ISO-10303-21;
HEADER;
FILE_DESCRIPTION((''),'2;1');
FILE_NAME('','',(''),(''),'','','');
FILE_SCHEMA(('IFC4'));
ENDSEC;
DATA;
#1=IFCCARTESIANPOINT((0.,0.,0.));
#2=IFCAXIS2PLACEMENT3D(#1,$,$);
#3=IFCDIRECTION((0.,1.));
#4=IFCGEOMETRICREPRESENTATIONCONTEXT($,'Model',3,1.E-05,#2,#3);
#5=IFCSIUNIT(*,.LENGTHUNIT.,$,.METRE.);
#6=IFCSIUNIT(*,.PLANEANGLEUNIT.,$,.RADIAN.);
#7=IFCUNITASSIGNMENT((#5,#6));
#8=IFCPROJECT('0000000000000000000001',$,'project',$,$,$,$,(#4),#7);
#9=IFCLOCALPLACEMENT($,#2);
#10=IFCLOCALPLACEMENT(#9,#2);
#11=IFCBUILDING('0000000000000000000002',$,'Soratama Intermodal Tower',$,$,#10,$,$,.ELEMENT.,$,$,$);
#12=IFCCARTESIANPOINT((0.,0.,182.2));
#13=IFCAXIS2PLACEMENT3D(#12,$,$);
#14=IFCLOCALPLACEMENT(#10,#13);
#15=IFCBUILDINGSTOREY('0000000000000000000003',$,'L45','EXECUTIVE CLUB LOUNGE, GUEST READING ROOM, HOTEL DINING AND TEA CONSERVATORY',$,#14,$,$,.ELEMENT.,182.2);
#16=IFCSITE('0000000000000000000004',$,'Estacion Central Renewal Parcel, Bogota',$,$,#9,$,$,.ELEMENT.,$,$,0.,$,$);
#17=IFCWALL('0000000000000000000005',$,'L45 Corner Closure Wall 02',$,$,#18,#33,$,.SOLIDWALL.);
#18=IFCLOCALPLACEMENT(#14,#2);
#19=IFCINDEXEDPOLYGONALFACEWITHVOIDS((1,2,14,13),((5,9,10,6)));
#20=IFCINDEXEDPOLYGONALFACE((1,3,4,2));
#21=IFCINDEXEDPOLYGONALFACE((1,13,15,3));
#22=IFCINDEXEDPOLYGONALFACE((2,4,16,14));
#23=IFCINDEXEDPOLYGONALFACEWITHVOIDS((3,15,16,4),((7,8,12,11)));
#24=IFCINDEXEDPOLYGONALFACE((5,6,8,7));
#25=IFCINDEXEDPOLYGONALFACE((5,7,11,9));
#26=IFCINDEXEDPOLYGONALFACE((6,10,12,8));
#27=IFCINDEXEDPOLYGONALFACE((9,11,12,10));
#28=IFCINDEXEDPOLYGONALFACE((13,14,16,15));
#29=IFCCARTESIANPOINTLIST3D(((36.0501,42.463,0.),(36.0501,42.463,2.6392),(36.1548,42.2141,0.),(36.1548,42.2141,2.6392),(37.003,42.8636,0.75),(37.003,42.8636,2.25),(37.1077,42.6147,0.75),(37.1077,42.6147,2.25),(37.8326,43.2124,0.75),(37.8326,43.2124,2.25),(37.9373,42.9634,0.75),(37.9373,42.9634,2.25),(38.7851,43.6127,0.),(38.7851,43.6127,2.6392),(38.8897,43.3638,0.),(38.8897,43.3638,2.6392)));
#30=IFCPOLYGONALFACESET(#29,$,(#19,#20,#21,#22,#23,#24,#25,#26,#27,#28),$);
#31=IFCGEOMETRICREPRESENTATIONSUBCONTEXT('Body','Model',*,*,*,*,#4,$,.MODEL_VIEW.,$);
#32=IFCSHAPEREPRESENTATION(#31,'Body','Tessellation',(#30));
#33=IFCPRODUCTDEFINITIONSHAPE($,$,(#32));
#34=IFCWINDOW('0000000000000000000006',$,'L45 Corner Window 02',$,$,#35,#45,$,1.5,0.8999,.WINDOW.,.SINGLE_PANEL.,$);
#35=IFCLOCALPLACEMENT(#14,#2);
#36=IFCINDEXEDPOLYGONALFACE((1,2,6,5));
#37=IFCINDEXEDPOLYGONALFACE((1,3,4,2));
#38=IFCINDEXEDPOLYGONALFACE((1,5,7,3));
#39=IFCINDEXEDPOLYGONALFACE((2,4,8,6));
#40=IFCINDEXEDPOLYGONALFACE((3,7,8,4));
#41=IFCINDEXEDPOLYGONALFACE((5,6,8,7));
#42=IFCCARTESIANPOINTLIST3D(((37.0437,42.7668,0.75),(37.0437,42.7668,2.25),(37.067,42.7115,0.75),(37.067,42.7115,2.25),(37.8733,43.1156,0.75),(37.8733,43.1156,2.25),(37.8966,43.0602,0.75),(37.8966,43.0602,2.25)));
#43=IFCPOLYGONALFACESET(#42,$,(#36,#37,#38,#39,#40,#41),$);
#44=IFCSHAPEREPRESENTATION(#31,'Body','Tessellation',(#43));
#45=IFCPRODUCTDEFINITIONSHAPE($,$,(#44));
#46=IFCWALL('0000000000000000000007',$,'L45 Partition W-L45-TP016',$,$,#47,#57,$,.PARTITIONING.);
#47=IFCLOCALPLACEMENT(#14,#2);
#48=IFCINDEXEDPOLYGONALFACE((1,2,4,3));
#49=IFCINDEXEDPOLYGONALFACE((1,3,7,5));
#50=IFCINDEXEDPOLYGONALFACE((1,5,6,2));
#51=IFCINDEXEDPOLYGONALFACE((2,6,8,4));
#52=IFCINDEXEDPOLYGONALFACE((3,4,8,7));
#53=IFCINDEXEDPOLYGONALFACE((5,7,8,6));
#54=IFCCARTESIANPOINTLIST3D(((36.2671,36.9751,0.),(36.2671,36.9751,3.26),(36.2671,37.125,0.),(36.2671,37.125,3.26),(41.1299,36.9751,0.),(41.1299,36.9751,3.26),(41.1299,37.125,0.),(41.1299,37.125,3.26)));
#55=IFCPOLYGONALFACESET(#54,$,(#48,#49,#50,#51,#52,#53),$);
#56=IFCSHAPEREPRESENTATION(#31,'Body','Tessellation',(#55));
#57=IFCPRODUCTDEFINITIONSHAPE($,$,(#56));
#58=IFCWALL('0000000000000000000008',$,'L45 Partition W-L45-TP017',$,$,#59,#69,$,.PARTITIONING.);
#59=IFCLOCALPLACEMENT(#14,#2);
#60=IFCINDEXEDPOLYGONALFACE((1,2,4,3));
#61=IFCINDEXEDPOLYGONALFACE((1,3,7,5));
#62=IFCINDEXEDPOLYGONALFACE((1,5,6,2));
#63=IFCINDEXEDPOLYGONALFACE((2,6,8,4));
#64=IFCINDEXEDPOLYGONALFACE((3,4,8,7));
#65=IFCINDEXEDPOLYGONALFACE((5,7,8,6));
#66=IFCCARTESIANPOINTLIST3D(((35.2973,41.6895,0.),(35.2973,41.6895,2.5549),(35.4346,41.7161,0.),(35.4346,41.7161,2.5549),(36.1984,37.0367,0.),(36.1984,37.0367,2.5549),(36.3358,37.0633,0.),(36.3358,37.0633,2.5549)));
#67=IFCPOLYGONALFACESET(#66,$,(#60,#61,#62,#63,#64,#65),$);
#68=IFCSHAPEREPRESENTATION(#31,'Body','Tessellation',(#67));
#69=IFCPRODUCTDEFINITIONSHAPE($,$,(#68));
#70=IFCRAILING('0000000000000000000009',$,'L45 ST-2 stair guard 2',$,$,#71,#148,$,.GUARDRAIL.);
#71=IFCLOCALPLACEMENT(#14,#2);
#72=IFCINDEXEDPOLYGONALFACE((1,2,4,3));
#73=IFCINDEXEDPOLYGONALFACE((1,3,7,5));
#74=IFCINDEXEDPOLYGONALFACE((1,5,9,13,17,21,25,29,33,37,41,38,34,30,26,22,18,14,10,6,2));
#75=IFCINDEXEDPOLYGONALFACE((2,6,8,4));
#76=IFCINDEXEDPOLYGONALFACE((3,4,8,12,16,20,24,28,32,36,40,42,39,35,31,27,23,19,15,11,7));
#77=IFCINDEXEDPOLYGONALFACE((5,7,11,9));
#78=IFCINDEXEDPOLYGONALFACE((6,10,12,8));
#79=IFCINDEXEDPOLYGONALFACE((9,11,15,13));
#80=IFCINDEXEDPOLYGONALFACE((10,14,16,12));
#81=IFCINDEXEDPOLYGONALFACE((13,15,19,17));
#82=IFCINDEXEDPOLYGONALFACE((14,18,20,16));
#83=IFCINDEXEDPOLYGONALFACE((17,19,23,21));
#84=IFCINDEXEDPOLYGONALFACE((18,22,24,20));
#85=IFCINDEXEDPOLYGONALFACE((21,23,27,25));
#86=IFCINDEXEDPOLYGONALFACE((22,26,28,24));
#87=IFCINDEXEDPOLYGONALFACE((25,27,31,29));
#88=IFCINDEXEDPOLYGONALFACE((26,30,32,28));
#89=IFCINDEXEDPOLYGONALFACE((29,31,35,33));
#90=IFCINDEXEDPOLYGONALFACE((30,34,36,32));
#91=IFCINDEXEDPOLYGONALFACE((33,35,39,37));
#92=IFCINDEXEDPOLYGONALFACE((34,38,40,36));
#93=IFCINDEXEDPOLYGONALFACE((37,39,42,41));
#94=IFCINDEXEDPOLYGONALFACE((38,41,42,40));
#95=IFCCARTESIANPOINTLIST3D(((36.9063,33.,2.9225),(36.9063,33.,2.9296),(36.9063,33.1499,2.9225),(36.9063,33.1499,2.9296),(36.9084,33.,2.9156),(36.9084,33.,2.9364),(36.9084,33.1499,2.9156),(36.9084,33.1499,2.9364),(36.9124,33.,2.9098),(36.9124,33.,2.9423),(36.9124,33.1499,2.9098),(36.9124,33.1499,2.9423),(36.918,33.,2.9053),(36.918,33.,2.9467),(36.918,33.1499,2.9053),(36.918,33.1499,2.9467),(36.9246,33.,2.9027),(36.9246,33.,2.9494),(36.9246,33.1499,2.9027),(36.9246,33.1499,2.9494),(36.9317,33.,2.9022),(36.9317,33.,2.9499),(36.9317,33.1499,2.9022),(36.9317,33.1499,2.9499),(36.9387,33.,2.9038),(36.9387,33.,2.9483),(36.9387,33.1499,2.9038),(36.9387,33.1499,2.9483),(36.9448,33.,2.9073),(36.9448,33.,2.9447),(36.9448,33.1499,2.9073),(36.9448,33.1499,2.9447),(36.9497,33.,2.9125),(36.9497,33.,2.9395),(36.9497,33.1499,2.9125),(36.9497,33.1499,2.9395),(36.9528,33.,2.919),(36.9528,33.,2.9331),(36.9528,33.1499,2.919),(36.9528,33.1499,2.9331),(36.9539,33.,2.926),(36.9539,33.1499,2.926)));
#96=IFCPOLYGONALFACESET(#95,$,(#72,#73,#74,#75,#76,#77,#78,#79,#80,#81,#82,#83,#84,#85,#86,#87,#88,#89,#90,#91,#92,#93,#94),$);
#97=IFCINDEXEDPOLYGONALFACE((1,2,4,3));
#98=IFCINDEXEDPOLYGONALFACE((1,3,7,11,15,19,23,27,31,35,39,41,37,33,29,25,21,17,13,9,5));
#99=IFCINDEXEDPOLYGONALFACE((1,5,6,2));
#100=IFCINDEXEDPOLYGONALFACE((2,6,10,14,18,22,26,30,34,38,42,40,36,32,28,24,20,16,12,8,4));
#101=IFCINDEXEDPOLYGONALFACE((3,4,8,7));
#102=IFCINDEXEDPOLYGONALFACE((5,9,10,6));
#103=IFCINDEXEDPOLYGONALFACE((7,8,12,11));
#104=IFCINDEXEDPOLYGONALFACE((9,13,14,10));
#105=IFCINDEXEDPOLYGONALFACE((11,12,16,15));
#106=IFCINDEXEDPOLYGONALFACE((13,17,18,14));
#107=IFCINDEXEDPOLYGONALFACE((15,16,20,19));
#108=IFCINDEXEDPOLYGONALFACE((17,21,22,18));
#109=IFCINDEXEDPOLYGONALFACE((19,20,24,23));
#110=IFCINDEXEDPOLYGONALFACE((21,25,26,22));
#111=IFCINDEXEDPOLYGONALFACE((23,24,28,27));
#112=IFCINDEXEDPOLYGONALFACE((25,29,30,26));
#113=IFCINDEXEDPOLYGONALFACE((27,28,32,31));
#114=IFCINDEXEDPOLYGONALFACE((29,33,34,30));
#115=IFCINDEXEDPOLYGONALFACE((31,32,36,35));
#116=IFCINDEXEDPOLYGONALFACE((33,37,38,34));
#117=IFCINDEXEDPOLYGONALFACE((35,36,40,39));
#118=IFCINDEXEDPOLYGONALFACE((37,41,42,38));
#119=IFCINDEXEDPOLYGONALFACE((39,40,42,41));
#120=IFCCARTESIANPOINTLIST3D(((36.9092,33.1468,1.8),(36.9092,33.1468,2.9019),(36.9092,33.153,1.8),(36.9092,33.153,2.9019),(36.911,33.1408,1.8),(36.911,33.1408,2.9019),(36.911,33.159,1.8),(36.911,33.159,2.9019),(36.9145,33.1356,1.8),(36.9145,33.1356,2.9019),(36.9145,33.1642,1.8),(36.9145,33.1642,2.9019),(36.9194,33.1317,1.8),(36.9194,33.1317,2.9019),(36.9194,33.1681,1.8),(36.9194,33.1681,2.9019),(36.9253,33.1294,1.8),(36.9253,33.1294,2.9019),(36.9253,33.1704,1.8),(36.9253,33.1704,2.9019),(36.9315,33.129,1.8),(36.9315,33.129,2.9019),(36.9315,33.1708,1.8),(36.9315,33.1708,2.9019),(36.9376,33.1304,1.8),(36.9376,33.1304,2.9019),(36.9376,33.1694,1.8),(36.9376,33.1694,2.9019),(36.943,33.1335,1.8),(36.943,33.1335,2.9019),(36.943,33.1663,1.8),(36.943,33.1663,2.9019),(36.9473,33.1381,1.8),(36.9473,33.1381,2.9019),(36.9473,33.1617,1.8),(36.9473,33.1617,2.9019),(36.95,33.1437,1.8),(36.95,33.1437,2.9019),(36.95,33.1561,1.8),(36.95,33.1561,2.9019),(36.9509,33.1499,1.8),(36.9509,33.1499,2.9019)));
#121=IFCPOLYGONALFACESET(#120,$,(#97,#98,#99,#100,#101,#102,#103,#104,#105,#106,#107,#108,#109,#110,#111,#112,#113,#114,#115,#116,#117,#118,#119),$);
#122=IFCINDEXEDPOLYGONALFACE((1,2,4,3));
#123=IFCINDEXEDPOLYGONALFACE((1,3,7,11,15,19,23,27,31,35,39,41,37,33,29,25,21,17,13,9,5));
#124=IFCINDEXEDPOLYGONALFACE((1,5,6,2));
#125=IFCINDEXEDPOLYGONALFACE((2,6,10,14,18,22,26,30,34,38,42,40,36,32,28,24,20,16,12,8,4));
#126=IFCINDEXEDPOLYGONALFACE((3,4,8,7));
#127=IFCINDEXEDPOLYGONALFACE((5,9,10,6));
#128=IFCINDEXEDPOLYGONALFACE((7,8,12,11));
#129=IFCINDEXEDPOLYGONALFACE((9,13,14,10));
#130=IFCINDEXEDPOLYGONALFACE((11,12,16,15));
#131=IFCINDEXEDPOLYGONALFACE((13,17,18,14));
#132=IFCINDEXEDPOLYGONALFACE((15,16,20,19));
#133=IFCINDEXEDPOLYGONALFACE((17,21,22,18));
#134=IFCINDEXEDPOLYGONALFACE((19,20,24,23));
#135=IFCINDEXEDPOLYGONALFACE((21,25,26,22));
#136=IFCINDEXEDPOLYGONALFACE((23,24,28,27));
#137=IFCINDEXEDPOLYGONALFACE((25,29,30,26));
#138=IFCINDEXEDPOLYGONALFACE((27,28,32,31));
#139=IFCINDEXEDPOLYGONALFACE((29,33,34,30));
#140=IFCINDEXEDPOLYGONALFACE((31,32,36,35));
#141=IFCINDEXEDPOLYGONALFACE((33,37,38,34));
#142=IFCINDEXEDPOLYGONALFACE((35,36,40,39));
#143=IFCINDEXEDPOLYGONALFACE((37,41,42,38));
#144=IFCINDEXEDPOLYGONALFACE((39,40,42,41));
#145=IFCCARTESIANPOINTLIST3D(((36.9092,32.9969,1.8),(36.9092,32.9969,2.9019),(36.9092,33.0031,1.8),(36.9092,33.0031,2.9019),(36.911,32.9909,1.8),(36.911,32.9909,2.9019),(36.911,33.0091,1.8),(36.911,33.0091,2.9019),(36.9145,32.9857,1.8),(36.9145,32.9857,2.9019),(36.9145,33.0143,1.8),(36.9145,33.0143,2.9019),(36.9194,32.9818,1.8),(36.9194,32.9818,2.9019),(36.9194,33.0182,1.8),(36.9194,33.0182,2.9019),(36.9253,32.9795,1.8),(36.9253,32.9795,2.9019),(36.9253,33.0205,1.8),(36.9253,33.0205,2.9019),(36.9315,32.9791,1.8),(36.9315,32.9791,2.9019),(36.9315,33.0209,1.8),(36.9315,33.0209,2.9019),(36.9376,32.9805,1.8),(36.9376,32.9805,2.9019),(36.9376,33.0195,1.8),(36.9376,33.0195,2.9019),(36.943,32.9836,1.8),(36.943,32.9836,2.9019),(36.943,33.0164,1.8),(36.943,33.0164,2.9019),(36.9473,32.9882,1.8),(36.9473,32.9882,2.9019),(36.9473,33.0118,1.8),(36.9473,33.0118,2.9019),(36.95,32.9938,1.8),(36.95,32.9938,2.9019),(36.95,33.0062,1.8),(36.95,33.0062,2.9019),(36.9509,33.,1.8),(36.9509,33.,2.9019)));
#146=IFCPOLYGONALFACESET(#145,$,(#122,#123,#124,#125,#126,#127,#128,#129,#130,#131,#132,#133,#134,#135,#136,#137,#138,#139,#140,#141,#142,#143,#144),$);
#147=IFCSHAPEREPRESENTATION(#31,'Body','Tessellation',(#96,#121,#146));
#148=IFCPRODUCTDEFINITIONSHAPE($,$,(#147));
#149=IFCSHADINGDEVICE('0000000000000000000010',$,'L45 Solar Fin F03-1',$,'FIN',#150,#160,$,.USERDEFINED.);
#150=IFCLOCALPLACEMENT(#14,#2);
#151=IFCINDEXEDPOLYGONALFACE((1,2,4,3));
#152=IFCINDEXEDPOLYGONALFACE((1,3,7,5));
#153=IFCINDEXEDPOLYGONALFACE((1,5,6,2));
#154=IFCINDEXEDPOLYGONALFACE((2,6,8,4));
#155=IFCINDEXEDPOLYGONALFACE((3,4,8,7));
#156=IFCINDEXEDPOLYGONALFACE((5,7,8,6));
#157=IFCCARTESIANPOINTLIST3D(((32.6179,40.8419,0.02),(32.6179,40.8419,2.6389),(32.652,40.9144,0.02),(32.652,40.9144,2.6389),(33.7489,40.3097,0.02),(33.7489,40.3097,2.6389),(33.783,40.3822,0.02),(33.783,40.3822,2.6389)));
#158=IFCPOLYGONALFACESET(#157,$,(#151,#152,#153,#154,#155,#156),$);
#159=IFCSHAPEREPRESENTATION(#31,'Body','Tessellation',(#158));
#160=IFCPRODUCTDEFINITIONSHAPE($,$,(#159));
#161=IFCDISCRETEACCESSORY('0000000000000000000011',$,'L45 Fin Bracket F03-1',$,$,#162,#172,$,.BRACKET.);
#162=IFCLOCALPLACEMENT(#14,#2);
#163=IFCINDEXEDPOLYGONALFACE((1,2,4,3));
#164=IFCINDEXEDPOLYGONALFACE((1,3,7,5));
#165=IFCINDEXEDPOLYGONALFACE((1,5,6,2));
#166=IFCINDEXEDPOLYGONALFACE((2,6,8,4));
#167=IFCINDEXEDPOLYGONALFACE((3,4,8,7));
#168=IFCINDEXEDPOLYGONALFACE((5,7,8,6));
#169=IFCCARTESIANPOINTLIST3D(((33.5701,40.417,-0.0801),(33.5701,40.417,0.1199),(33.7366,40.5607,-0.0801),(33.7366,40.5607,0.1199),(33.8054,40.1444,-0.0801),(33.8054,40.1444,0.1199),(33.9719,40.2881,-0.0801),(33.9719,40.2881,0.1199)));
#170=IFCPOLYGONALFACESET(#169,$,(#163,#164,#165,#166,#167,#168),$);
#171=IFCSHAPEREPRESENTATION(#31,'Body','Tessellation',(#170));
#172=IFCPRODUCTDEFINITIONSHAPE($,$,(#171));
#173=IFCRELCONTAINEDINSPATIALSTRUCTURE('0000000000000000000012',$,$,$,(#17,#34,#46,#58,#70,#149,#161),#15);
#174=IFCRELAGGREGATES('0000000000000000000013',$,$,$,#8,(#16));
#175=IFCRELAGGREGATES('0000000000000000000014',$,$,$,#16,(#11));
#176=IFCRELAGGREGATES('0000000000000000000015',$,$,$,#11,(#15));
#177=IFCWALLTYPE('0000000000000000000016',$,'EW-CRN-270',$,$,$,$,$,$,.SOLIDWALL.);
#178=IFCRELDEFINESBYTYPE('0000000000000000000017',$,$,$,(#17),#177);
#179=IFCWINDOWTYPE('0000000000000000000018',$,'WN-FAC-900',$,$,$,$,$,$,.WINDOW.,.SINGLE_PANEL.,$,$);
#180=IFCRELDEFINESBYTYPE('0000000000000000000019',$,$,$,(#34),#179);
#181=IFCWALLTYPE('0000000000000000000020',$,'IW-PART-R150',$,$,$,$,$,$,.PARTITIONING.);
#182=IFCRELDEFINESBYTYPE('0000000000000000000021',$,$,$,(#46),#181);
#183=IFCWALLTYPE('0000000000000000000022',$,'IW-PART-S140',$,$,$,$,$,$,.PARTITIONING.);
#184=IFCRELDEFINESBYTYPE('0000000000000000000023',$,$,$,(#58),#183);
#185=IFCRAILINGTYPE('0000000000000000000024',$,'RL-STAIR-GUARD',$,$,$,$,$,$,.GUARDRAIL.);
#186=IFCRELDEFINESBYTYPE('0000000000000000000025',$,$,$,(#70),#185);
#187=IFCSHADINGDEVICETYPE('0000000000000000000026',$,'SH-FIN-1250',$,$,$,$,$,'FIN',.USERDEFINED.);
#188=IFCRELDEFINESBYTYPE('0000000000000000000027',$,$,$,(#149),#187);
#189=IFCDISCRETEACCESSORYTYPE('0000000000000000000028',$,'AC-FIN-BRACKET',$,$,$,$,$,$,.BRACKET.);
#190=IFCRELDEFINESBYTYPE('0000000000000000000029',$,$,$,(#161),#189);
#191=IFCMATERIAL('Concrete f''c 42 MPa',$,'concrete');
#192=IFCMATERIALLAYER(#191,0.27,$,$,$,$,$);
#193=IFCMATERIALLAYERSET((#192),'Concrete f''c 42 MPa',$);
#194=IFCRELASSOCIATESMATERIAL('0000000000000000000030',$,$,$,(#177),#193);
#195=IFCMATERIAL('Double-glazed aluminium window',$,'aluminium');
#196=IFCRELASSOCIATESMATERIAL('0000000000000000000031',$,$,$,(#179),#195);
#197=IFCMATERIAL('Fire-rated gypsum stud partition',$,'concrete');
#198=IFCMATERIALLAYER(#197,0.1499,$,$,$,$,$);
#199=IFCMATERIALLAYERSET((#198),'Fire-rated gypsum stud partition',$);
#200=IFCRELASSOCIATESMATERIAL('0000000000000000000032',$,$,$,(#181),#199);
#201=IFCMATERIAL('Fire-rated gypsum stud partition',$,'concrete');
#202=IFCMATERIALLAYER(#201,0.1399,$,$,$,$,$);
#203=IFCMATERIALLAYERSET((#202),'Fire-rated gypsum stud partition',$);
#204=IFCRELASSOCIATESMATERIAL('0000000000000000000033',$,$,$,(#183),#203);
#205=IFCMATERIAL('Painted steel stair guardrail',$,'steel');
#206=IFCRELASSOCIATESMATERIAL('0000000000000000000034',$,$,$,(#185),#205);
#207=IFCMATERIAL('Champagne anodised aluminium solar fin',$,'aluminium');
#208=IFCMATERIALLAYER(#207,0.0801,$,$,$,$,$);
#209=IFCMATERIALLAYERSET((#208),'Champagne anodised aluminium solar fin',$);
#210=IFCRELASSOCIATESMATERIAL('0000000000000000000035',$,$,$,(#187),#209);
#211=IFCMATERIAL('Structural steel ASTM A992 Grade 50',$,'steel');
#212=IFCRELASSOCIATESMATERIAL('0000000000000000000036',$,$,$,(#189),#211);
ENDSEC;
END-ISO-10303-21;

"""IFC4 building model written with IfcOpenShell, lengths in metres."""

from ifc_helpers import new_model, si_unit, direction, frame, frame_2d, origin, origin_2d, place, context, subcontext, project, spatial, rectangle, circle, extrude, material, layer, layer_set, type_object, element, fill, save


model = new_model("IFC4")

# Units and contexts
model_context = context("Model", 3, precision=1e-05, world=origin(), true_north=direction((0.0, 1.0)))
body_context = subcontext(model_context, "Body", "Model", "MODEL_VIEW")
ifc_project = project(units=[si_unit("LENGTHUNIT", "METRE"), si_unit("PLANEANGLEUNIT", "RADIAN")], contexts=[model_context])

# Site, building, storey
site_placement = place(None, origin())
site = spatial("IfcSite", under=ifc_project, at=site_placement, Name="Estacion Central Renewal Parcel, Bogota", CompositionType="ELEMENT", RefElevation=0.0)
building_placement = place(site_placement, origin())
building = spatial("IfcBuilding", under=site, at=building_placement, Name="Soratama Intermodal Tower", CompositionType="ELEMENT")
storey_placement = place(building_placement, frame((0.0, 0.0, 182.2)))
storey = spatial("IfcBuildingStorey", under=building, at=storey_placement, Name="L45", Description="EXECUTIVE CLUB LOUNGE, GUEST READING ROOM, HOTEL DINING AND TEA CONSERVATORY", CompositionType="ELEMENT", Elevation=182.2)

# Wall, opening, window
ifc_material_1 = material(Name="Concrete f'c 42 MPa", Category="concrete")
ifc_layer_1 = layer(ifc_material_1, 0.27)
ifc_layer_set_1 = layer_set([ifc_layer_1], Name="Concrete f'c 42 MPa")
wall_type_1 = type_object("IfcWallType", Name="EW-CRN-270", PredefinedType="SOLIDWALL", material=ifc_layer_set_1)
wall_1_placement = place(storey_placement, frame((38.8374, 43.4883, 0.0), z_axis=(0.0, 0.0, 1.0), x_axis=(-0.92186, -0.387523, 0.0)))
wall_1 = element("IfcWall", 1, at=wall_1_placement, inside=storey, type_object=wall_type_1, Name="L45 Corner Closure Wall 02", PredefinedType="SOLIDWALL", context=body_context, shape_type="SweptSolid", body=[
    extrude(rectangle(XDim=2.9668, YDim=0.27, at=frame_2d((1.4834, 0.0))), origin(), (0.0, 0.0, 1.0), 2.6392),
])
opening_placement = place(wall_1_placement, frame((1.0332, 0.0, 0.75)))
opening = element("IfcOpeningElement", 2, at=opening_placement, cuts=wall_1, PredefinedType="OPENING", context=body_context, shape_type="SweptSolid", body=[
    extrude(rectangle(XDim=0.8999, YDim=1.5, at=frame_2d((0.45, 0.75))), frame((0.0, 0.145, 0.0), z_axis=(0.0, -1.0, 0.0), x_axis=(1.0, 0.0, 0.0)), (0.0, 0.0, 1.0), 0.29),
])
ifc_material_2 = material(Name="Double-glazed aluminium window", Category="aluminium")
window_type = type_object("IfcWindowType", Name="WN-FAC-900", PartitioningType="SINGLE_PANEL", PredefinedType="WINDOW", material=ifc_material_2)
window_placement = place(opening_placement, origin())
window = element("IfcWindow", 3, at=window_placement, inside=storey, type_object=window_type, Name="L45 Corner Window 02", OverallHeight=1.5, OverallWidth=0.8999, PartitioningType="SINGLE_PANEL", PredefinedType="WINDOW", context=body_context, shape_type="SweptSolid", body=[
    extrude(rectangle(XDim=0.8999, YDim=1.5, at=frame_2d((0.45, 0.75))), frame((0.0, 0.03, 0.0), z_axis=(0.0, -1.0, 0.0), x_axis=(1.0, 0.0, 0.0)), (0.0, 0.0, 1.0), 0.0601),
])
fill(opening, window)

# Walls
ifc_material_3 = material(Name="Fire-rated gypsum stud partition", Category="concrete")
ifc_layer_2 = layer(ifc_material_3, 0.1499)
ifc_layer_set_2 = layer_set([ifc_layer_2], Name="Fire-rated gypsum stud partition")
wall_type_2 = type_object("IfcWallType", Name="IW-PART-R150", PredefinedType="PARTITIONING", material=ifc_layer_set_2)
wall_2_placement = place(storey_placement, frame((36.2671, 37.05, 0.0), z_axis=(0.0, 0.0, 1.0), x_axis=(1.0, 0.0, 0.0)))
element("IfcWall", 4, at=wall_2_placement, inside=storey, type_object=wall_type_2, Name="L45 Partition W-L45-TP016", PredefinedType="PARTITIONING", context=body_context, shape_type="SweptSolid", body=[
    extrude(rectangle(XDim=4.8628, YDim=0.1499, at=frame_2d((2.4314, 0.0))), origin(), (0.0, 0.0, 1.0), 3.26),
])
ifc_material_4 = material(Name="Fire-rated gypsum stud partition", Category="concrete")
ifc_layer_3 = layer(ifc_material_4, 0.1399)
ifc_layer_set_3 = layer_set([ifc_layer_3], Name="Fire-rated gypsum stud partition")
wall_type_3 = type_object("IfcWallType", Name="IW-PART-S140", PredefinedType="PARTITIONING", material=ifc_layer_set_3)
wall_3_placement = place(storey_placement, frame((36.2671, 37.05, 0.0), z_axis=(0.0, 0.0, 1.0), x_axis=(-0.190139, 0.981757, 0.0)))
element("IfcWall", 5, at=wall_3_placement, inside=storey, type_object=wall_type_3, Name="L45 Partition W-L45-TP017", PredefinedType="PARTITIONING", context=body_context, shape_type="SweptSolid", body=[
    extrude(rectangle(XDim=4.7393, YDim=0.1399, at=frame_2d((2.3696, 0.0))), origin(), (0.0, 0.0, 1.0), 2.5549),
])

# Railing
ifc_material_5 = material(Name="Painted steel stair guardrail", Category="steel")
railing_type_1 = type_object("IfcRailingType", Name="RL-STAIR-GUARD", PredefinedType="GUARDRAIL", material=ifc_material_5)
railing_1_placement = place(storey_placement, frame((36.9299, 33.1499, 1.8)))
element("IfcRailing", 6, at=railing_1_placement, inside=storey, type_object=railing_type_1, Name="L45 ST-2 stair guard 2", PredefinedType="GUARDRAIL", context=body_context, shape_type="SweptSolid", body=[
    extrude(circle(Radius=0.0239, at=origin_2d()), frame((0.0, 0.0, 1.126), z_axis=(0.0, -1.0, 0.0), x_axis=(1.0, 0.0, 0.0)), (0.0, 0.0, 1.0), 0.1499),
    extrude(circle(Radius=0.021, at=origin_2d()), origin(), (0.0, 0.0, 1.0), 1.1018),
    extrude(circle(Radius=0.021, at=origin_2d()), frame((0.0, -0.1499, 0.0)), (0.0, 0.0, 1.0), 1.1018),
])

# Shading device
ifc_material_6 = material(Name="Champagne anodised aluminium solar fin", Category="aluminium")
ifc_layer_4 = layer(ifc_material_6, 0.0801)
ifc_layer_set_4 = layer_set([ifc_layer_4], Name="Champagne anodised aluminium solar fin")
shading_device_type = type_object("IfcShadingDeviceType", Name="SH-FIN-1250", ElementType="FIN", PredefinedType="USERDEFINED", material=ifc_layer_set_4)
shading_device_placement = place(storey_placement, frame((33.2004, 40.6121, 0.02), z_axis=(0.0, 0.0, 1.0), x_axis=(-0.904827, 0.425779, 0.0)))
element("IfcShadingDevice", 7, at=shading_device_placement, inside=storey, type_object=shading_device_type, Name="L45 Solar Fin F03-1", ObjectType="FIN", PredefinedType="USERDEFINED", context=body_context, shape_type="SweptSolid", body=[
    extrude(rectangle(XDim=1.25, YDim=0.0801, at=origin_2d()), origin(), (0.0, 0.0, 1.0), 2.6189),
])

# Discrete accessory
ifc_material_7 = material(Name="Structural steel ASTM A992 Grade 50", Category="steel")
discrete_accessory_type = type_object("IfcDiscreteAccessoryType", Name="AC-FIN-BRACKET", PredefinedType="BRACKET", material=ifc_material_7)
discrete_accessory_placement = place(storey_placement, frame((33.771, 40.3525, -0.0801), z_axis=(0.0, 0.0, 1.0), x_axis=(-0.653421, 0.756995, 0.0)))
element("IfcDiscreteAccessory", 8, at=discrete_accessory_placement, inside=storey, type_object=discrete_accessory_type, Name="L45 Fin Bracket F03-1", PredefinedType="BRACKET", context=body_context, shape_type="SweptSolid", body=[
    extrude(rectangle(XDim=0.3601, YDim=0.22, at=origin_2d()), origin(), (0.0, 0.0, 1.0), 0.2),
])

save(model, "model.ifc")
